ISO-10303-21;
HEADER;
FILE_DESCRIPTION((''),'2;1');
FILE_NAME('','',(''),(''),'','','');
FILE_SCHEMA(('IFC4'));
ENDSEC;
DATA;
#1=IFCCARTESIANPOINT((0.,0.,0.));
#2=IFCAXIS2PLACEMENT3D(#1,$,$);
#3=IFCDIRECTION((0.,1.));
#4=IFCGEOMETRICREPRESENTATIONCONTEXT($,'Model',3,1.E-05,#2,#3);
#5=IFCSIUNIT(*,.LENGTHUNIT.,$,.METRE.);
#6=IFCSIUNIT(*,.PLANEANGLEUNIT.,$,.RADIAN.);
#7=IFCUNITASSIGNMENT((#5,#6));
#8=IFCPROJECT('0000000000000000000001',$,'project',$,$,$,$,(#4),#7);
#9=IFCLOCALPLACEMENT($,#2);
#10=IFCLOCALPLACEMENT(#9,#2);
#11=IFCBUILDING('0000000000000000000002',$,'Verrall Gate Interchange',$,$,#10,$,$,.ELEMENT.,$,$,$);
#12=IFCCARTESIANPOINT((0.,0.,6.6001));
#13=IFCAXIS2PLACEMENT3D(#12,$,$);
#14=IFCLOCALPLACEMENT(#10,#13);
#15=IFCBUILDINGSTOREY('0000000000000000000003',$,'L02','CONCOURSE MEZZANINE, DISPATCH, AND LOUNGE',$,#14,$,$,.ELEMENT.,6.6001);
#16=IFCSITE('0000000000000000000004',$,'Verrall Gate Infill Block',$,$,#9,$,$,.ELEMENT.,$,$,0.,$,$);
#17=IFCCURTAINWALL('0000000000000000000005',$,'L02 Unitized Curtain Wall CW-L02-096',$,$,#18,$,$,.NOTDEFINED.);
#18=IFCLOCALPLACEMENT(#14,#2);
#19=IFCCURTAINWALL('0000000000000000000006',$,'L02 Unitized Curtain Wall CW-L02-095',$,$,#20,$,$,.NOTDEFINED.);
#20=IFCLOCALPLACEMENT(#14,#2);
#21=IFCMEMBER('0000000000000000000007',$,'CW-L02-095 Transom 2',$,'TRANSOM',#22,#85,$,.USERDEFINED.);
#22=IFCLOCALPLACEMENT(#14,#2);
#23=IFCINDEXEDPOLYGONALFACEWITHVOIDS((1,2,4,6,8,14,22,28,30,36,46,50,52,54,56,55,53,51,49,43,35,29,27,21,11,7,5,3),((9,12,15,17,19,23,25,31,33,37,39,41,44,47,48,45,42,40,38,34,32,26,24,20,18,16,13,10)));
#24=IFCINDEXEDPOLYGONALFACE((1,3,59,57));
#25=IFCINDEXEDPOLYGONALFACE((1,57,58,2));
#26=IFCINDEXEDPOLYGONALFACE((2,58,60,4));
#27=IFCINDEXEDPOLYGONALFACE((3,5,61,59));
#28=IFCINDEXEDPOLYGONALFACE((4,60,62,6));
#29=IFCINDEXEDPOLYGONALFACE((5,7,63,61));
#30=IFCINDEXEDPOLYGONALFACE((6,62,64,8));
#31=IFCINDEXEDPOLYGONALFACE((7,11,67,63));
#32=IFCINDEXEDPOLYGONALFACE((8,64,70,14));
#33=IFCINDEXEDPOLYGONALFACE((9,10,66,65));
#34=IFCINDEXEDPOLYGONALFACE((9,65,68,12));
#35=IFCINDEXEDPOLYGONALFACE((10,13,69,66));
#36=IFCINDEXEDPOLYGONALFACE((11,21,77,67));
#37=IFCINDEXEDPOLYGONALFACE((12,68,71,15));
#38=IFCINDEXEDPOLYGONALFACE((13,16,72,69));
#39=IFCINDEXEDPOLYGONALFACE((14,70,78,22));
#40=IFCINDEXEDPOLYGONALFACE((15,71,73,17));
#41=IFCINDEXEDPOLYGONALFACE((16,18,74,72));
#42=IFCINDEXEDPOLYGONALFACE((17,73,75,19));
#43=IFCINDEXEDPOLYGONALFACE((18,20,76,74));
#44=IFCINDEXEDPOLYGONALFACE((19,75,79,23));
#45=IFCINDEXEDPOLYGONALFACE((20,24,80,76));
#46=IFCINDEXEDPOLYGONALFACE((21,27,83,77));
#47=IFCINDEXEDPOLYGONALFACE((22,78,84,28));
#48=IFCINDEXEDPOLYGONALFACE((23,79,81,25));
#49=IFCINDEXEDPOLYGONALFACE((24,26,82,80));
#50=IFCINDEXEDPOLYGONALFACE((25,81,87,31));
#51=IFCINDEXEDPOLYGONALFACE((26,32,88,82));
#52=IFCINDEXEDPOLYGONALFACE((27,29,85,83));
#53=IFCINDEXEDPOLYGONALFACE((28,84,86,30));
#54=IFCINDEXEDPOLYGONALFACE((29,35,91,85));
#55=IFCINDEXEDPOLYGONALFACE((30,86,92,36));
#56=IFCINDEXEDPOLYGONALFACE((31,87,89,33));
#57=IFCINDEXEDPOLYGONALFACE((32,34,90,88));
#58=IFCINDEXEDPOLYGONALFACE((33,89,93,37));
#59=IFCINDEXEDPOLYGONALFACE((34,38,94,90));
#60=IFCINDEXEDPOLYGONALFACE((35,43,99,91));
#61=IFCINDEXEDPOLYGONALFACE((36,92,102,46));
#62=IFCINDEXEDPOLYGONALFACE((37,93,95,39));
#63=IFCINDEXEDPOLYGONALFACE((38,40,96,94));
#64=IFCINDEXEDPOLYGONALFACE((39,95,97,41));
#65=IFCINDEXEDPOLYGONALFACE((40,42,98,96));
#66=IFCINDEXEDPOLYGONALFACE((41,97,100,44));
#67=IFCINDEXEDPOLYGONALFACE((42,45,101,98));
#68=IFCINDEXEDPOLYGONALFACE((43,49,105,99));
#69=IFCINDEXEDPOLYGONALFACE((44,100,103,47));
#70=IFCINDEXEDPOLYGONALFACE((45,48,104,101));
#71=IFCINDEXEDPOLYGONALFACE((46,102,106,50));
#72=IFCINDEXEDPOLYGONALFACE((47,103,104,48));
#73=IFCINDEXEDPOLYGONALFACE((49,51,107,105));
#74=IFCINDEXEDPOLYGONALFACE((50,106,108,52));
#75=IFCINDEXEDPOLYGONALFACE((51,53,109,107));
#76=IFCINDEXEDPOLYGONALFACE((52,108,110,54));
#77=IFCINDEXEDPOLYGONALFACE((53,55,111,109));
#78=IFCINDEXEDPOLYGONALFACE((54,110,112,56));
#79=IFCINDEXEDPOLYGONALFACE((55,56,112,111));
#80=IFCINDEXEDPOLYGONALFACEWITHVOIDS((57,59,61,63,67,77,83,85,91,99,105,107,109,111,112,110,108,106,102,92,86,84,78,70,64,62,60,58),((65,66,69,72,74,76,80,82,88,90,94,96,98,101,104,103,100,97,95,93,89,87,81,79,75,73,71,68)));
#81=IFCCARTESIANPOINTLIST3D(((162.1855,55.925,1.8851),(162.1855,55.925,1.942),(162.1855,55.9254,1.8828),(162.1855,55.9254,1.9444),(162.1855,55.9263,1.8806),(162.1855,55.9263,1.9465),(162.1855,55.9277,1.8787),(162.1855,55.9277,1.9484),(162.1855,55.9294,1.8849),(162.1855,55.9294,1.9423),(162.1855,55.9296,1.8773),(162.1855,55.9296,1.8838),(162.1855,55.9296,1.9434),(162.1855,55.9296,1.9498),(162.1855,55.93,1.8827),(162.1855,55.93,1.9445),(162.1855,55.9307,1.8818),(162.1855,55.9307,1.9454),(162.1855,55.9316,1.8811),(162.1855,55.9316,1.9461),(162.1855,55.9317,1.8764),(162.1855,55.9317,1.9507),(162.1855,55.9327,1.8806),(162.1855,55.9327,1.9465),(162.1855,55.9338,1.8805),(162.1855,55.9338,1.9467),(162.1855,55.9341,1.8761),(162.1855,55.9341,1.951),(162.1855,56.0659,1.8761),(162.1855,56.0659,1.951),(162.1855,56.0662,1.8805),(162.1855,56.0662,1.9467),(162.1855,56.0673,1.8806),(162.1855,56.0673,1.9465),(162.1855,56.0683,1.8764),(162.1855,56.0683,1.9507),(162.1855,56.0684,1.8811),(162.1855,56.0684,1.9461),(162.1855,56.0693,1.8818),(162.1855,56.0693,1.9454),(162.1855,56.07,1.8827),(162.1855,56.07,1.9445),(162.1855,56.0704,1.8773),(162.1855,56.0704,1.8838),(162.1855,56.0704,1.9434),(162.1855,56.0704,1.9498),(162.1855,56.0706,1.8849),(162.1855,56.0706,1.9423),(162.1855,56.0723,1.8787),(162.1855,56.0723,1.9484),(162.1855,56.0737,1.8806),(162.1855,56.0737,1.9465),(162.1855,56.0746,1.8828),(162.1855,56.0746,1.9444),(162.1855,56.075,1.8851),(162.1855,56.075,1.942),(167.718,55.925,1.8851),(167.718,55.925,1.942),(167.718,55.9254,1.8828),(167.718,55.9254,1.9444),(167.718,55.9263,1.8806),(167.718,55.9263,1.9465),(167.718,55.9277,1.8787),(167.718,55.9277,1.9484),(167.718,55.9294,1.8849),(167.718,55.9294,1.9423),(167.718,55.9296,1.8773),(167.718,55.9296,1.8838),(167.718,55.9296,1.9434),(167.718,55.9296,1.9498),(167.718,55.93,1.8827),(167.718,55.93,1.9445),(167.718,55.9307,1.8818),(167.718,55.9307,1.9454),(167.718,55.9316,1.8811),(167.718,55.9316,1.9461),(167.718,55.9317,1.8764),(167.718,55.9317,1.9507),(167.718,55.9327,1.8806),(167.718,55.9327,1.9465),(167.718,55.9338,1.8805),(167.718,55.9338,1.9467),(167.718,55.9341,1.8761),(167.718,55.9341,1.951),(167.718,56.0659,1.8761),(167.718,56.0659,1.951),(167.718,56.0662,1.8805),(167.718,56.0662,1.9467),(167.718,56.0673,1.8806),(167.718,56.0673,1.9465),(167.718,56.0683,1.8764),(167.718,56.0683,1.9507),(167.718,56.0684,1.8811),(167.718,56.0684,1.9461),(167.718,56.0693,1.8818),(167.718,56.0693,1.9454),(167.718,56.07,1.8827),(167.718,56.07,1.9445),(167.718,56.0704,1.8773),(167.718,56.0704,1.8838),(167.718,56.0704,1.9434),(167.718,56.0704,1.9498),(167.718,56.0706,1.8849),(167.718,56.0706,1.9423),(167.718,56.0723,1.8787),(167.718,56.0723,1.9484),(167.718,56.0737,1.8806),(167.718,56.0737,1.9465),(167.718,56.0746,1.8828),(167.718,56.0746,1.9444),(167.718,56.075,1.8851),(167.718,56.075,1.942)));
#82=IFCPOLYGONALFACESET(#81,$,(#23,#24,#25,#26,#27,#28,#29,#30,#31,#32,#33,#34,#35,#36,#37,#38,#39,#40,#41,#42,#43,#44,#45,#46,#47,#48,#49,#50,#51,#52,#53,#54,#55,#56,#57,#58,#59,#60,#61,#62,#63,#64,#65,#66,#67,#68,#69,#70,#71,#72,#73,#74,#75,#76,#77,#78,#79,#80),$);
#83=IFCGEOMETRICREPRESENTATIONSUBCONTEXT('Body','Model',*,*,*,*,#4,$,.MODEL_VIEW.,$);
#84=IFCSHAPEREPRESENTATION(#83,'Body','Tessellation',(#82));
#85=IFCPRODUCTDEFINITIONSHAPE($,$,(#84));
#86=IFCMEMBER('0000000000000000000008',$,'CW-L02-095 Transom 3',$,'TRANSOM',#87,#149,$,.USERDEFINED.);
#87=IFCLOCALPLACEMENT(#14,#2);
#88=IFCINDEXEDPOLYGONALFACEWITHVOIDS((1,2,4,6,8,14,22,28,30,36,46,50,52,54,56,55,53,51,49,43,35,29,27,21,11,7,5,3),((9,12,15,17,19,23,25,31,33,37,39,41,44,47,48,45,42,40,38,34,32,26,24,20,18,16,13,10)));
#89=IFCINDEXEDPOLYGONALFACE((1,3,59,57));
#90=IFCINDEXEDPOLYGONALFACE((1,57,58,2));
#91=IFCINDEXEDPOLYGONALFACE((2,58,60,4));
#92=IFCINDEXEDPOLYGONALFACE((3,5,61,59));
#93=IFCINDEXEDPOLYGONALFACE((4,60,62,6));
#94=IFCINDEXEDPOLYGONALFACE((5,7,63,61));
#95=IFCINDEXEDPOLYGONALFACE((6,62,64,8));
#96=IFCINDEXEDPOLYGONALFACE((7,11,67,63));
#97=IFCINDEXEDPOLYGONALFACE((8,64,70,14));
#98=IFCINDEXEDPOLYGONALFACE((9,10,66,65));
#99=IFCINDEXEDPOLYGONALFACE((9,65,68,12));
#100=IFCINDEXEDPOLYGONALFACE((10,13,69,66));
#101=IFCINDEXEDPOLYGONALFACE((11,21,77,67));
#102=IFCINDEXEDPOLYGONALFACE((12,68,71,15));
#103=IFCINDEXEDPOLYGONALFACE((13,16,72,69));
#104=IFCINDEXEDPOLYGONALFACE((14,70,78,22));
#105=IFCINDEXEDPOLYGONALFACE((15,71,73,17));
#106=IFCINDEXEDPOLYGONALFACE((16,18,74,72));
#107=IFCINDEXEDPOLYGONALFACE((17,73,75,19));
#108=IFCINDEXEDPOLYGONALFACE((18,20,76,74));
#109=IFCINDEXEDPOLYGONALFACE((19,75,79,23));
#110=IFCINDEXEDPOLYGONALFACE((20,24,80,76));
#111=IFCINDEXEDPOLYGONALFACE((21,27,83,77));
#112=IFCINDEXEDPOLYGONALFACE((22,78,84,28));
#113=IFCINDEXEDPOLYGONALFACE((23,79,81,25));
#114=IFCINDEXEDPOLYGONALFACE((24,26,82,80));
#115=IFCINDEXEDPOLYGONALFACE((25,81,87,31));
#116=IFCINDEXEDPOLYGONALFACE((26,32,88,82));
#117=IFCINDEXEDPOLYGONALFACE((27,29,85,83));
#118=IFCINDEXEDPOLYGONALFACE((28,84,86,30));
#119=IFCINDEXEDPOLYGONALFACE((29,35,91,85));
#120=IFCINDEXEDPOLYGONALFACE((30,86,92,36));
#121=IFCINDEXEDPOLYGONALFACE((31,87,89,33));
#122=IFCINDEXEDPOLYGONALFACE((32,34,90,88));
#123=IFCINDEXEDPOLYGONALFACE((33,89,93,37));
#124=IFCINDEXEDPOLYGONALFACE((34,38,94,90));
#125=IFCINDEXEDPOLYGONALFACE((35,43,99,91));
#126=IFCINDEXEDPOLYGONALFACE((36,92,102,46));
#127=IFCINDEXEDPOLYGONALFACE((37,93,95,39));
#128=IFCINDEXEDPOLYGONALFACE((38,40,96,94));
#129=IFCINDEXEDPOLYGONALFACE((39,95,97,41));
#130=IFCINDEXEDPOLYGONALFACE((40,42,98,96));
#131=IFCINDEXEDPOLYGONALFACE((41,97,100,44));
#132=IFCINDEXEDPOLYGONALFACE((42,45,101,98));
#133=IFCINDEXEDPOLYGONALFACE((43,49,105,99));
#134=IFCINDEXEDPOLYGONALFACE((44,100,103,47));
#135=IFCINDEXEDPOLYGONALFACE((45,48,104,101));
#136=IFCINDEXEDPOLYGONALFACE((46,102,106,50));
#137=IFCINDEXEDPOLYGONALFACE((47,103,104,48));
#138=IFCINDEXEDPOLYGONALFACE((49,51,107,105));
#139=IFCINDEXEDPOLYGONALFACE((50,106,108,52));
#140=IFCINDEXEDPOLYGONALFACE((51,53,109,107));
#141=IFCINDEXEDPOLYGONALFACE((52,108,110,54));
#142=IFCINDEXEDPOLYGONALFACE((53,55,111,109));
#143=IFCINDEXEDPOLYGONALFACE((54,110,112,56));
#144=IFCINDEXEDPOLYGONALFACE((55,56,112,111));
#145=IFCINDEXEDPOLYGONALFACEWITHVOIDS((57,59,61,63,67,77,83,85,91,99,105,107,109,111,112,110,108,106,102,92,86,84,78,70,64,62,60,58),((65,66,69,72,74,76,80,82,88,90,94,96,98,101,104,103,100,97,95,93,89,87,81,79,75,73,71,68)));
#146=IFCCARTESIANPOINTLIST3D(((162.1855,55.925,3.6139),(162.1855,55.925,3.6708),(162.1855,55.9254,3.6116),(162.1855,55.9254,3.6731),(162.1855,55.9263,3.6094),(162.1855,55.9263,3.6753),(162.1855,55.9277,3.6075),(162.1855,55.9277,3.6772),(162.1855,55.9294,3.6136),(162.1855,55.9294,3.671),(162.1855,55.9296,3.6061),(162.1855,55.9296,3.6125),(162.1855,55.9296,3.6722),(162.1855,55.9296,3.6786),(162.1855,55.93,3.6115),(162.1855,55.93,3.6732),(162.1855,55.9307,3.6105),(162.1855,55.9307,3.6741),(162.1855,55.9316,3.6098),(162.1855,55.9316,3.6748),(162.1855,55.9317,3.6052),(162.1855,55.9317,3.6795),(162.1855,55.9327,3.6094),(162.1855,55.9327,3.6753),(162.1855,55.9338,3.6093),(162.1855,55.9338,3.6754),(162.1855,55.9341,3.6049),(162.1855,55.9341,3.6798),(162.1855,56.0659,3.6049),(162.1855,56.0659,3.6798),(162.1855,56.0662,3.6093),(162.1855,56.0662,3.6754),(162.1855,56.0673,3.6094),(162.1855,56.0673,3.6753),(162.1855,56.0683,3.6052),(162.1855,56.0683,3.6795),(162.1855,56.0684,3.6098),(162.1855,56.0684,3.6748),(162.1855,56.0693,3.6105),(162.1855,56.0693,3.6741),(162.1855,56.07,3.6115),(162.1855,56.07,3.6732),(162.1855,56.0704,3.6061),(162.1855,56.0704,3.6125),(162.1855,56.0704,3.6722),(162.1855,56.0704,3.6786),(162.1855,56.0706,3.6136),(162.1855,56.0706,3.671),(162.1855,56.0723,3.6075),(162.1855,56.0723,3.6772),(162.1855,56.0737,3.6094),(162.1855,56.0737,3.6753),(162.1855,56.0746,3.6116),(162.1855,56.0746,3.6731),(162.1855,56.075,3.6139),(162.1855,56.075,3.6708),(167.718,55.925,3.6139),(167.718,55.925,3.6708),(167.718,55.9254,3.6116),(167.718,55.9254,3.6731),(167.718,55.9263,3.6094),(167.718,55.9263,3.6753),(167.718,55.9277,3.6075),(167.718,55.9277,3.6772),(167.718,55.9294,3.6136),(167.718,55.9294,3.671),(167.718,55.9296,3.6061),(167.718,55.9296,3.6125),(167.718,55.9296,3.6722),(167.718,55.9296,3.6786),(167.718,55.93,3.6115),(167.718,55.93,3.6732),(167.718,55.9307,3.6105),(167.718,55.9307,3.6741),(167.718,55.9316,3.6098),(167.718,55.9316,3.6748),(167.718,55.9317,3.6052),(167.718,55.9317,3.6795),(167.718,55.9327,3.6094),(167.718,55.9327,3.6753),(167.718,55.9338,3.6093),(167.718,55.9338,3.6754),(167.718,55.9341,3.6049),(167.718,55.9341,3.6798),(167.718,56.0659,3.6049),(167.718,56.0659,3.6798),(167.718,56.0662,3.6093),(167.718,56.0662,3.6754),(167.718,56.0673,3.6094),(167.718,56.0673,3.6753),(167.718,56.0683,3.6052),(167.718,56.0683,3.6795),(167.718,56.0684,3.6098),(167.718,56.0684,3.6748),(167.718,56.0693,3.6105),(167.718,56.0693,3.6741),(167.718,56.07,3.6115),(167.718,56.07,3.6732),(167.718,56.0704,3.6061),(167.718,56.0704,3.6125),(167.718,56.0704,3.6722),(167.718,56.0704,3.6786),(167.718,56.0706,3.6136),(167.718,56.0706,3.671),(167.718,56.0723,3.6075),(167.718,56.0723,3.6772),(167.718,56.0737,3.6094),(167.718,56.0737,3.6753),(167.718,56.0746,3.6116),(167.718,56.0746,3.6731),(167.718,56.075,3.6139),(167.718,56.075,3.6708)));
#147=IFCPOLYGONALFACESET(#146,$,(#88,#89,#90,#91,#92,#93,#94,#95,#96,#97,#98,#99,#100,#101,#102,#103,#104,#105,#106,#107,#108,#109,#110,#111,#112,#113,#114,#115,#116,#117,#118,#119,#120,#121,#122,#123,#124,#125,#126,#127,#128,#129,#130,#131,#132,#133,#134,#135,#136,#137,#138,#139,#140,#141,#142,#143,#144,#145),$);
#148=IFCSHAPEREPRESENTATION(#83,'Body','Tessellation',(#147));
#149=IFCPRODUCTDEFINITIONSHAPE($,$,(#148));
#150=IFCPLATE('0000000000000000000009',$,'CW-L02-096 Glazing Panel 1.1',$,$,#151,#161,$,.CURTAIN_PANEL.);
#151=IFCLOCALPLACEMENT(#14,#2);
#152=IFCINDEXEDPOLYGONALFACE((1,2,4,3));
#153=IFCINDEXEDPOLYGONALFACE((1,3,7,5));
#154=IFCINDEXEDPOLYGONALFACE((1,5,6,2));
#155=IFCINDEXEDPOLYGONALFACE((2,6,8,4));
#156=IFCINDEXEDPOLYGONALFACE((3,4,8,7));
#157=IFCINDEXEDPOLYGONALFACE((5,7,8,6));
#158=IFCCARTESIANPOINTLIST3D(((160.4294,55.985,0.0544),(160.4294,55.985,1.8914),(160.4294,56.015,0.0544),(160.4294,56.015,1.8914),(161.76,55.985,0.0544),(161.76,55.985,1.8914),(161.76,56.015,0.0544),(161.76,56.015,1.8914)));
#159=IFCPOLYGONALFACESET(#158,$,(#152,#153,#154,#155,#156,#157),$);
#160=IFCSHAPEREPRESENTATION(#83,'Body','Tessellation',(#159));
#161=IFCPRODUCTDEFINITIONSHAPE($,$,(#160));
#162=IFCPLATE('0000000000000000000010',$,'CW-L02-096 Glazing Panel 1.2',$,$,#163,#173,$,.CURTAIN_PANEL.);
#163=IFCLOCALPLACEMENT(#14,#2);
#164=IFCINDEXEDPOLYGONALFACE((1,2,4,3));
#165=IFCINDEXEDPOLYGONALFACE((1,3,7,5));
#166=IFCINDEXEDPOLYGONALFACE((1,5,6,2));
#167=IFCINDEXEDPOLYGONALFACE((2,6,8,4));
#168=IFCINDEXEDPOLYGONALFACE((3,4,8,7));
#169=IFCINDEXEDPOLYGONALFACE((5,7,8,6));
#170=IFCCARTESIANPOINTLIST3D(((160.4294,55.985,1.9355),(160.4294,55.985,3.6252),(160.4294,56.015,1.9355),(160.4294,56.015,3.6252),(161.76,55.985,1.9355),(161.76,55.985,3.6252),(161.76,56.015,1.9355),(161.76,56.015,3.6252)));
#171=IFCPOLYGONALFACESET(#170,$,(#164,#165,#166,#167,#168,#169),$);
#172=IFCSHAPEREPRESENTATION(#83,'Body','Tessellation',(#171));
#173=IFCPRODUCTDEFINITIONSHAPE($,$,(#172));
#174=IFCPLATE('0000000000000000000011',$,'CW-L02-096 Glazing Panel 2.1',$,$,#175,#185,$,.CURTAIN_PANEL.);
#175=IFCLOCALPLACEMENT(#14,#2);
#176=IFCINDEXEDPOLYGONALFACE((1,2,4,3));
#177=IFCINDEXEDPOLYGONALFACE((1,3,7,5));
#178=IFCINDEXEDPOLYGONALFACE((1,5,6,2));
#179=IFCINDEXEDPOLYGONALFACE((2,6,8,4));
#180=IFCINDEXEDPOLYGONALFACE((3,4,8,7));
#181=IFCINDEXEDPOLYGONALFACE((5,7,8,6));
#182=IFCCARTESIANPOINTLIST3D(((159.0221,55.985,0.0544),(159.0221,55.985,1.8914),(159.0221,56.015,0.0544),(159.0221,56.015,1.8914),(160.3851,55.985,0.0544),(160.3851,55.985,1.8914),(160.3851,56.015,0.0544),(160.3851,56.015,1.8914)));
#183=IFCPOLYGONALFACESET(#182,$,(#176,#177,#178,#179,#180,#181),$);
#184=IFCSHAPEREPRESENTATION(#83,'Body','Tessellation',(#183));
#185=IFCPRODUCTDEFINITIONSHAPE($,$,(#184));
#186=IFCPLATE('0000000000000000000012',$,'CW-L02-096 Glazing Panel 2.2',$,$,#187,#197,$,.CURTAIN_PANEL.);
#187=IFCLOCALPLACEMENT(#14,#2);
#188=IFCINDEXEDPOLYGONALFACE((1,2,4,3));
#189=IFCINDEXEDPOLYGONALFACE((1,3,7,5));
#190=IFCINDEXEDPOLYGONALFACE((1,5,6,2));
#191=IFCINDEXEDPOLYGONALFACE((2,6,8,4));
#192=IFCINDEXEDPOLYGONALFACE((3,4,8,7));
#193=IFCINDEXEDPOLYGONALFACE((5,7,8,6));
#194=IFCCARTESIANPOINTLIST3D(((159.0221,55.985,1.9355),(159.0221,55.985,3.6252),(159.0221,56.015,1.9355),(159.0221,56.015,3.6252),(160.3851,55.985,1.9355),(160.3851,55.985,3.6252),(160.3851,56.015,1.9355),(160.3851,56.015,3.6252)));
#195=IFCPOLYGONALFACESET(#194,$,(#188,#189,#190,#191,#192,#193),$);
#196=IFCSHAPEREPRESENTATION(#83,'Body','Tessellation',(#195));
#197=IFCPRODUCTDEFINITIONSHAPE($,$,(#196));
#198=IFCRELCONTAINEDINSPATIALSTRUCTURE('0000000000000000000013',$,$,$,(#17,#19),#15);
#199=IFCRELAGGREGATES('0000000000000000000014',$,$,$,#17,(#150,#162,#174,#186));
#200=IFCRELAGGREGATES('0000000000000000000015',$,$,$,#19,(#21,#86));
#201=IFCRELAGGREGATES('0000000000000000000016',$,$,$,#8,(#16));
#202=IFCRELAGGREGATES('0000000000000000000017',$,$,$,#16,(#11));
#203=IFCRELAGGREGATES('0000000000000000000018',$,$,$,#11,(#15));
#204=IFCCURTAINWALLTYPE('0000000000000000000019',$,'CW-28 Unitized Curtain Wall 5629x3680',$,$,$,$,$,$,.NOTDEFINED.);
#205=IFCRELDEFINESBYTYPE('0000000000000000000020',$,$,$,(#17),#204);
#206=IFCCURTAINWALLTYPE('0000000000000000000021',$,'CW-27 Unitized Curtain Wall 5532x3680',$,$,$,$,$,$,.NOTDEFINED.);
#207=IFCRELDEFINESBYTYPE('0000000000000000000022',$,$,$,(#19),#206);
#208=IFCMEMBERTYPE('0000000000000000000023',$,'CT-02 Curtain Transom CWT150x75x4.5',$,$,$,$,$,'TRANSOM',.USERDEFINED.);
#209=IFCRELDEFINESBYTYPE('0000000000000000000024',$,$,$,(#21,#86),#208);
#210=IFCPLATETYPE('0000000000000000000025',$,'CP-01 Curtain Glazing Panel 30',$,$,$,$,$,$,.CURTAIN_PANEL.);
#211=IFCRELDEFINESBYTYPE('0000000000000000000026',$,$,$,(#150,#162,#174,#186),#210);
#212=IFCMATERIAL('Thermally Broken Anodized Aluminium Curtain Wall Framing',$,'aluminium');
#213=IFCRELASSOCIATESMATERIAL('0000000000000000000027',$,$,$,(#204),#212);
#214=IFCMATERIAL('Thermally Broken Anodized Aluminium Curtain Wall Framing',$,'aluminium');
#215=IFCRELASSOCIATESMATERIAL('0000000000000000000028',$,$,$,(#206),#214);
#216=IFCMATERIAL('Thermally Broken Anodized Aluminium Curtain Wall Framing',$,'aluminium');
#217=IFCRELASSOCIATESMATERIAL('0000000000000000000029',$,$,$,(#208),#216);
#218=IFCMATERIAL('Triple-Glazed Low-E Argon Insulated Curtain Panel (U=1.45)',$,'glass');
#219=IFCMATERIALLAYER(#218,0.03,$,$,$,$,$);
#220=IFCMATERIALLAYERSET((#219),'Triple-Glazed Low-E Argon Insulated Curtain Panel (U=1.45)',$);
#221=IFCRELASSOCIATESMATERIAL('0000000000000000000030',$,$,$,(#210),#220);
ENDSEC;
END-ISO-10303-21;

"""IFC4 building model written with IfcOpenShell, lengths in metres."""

from ifc_helpers import new_model, si_unit, direction, frame, origin, origin_2d, place, context, subcontext, project, spatial, rectangle, hollow_rectangle, extrude, material, layer, layer_set, material_profile, profile_set, type_object, element, aggregate, save


model = new_model("IFC4")

# Units and contexts
model_context = context("Model", 3, precision=1e-05, world=origin(), true_north=direction((0.0, 1.0)))
body_context = subcontext(model_context, "Body", "Model", "MODEL_VIEW")
ifc_project = project(units=[si_unit("LENGTHUNIT", "METRE"), si_unit("PLANEANGLEUNIT", "RADIAN")], contexts=[model_context])

# Site, building, storey
site_placement = place(None, origin())
site = spatial("IfcSite", under=ifc_project, at=site_placement, Name="Verrall Gate Infill Block", CompositionType="ELEMENT", RefElevation=0.0)
building_placement = place(site_placement, origin())
building = spatial("IfcBuilding", under=site, at=building_placement, Name="Verrall Gate Interchange", CompositionType="ELEMENT")
storey_placement = place(building_placement, frame((0.0, 0.0, 6.6001)))
storey = spatial("IfcBuildingStorey", under=building, at=storey_placement, Name="L02", Description="CONCOURSE MEZZANINE, DISPATCH, AND LOUNGE", CompositionType="ELEMENT", Elevation=6.6001)

# Curtain walls
ifc_material_1 = material(Name="Thermally Broken Anodized Aluminium Curtain Wall Framing", Category="aluminium")
curtain_wall_type_1 = type_object("IfcCurtainWallType", Name="CW-28 Unitized Curtain Wall 5629x3680", PredefinedType="NOTDEFINED", material=ifc_material_1)
curtain_wall_1_placement = place(storey_placement, origin())
curtain_wall_1 = element("IfcCurtainWall", 1, at=curtain_wall_1_placement, inside=storey, type_object=curtain_wall_type_1, Name="L02 Unitized Curtain Wall CW-L02-096", PredefinedType="NOTDEFINED")
ifc_material_2 = material(Name="Thermally Broken Anodized Aluminium Curtain Wall Framing", Category="aluminium")
curtain_wall_type_2 = type_object("IfcCurtainWallType", Name="CW-27 Unitized Curtain Wall 5532x3680", PredefinedType="NOTDEFINED", material=ifc_material_2)
curtain_wall_2_placement = place(storey_placement, origin())
curtain_wall_2 = element("IfcCurtainWall", 2, at=curtain_wall_2_placement, inside=storey, type_object=curtain_wall_type_2, Name="L02 Unitized Curtain Wall CW-L02-095", PredefinedType="NOTDEFINED")

# Members
ifc_material_3 = material(Name="Thermally Broken Anodized Aluminium Curtain Wall Framing", Category="aluminium")
ifc_material_profile_1 = material_profile(ifc_material_3, hollow_rectangle(XDim=0.1499, YDim=0.075, WallThickness=0.0044, InnerFilletRadius=0.0044, OuterFilletRadius=0.009, at=origin_2d()), Name="CWT150x75x4.5")
ifc_profile_set_1 = profile_set([ifc_material_profile_1], Name="Thermally Broken Anodized Aluminium Curtain Wall Framing")
member_type_1 = type_object("IfcMemberType", Name="CT-02 Curtain Transom CWT150x75x4.5", ElementType="TRANSOM", PredefinedType="USERDEFINED", material=ifc_profile_set_1)
member_1_placement = place(storey_placement, frame((167.718, 56.0, 1.9136), z_axis=(-1.0, 0.0, 0.0), x_axis=(0.0, -1.0, 0.0)))
member_1 = element("IfcMember", 3, at=member_1_placement, type_object=member_type_1, Name="CW-L02-095 Transom 2", ObjectType="TRANSOM", PredefinedType="USERDEFINED", context=body_context, shape_type="SweptSolid", body=[
    extrude(hollow_rectangle(XDim=0.1499, YDim=0.075, WallThickness=0.0044, InnerFilletRadius=0.0044, OuterFilletRadius=0.009, at=origin_2d()), origin(), (0.0, 0.0, 1.0), 5.5325),
])
member_2_placement = place(storey_placement, frame((167.718, 56.0, 3.6423), z_axis=(-1.0, 0.0, 0.0), x_axis=(0.0, -1.0, 0.0)))
member_2 = element("IfcMember", 4, at=member_2_placement, type_object=member_type_1, Name="CW-L02-095 Transom 3", ObjectType="TRANSOM", PredefinedType="USERDEFINED", context=body_context, shape_type="SweptSolid", body=[
    extrude(hollow_rectangle(XDim=0.1499, YDim=0.075, WallThickness=0.0044, InnerFilletRadius=0.0044, OuterFilletRadius=0.009, at=origin_2d()), origin(), (0.0, 0.0, 1.0), 5.5325),
])

# Plates
ifc_material_4 = material(Name="Triple-Glazed Low-E Argon Insulated Curtain Panel (U=1.45)", Category="glass")
ifc_layer_1 = layer(ifc_material_4, 0.03)
ifc_layer_set_1 = layer_set([ifc_layer_1], Name="Triple-Glazed Low-E Argon Insulated Curtain Panel (U=1.45)")
plate_type_1 = type_object("IfcPlateType", Name="CP-01 Curtain Glazing Panel 30", PredefinedType="CURTAIN_PANEL", material=ifc_layer_set_1)
plate_1_placement = place(storey_placement, frame((161.0947, 56.0, 0.0544), z_axis=(0.0, 0.0, 1.0), x_axis=(-1.0, 0.0, 0.0)))
plate_1 = element("IfcPlate", 5, at=plate_1_placement, type_object=plate_type_1, Name="CW-L02-096 Glazing Panel 1.1", PredefinedType="CURTAIN_PANEL", context=body_context, shape_type="SweptSolid", body=[
    extrude(rectangle(XDim=1.3306, YDim=0.03, at=origin_2d()), origin(), (0.0, 0.0, 1.0), 1.8369),
])
plate_2_placement = place(storey_placement, frame((161.0947, 56.0, 1.9355), z_axis=(0.0, 0.0, 1.0), x_axis=(-1.0, 0.0, 0.0)))
plate_2 = element("IfcPlate", 6, at=plate_2_placement, type_object=plate_type_1, Name="CW-L02-096 Glazing Panel 1.2", PredefinedType="CURTAIN_PANEL", context=body_context, shape_type="SweptSolid", body=[
    extrude(rectangle(XDim=1.3306, YDim=0.03, at=origin_2d()), origin(), (0.0, 0.0, 1.0), 1.6897),
])
plate_3_placement = place(storey_placement, frame((159.7036, 56.0, 0.0544), z_axis=(0.0, 0.0, 1.0), x_axis=(-1.0, 0.0, 0.0)))
plate_3 = element("IfcPlate", 7, at=plate_3_placement, type_object=plate_type_1, Name="CW-L02-096 Glazing Panel 2.1", PredefinedType="CURTAIN_PANEL", context=body_context, shape_type="SweptSolid", body=[
    extrude(rectangle(XDim=1.363, YDim=0.03, at=origin_2d()), origin(), (0.0, 0.0, 1.0), 1.8369),
])
plate_4_placement = place(storey_placement, frame((159.7036, 56.0, 1.9355), z_axis=(0.0, 0.0, 1.0), x_axis=(-1.0, 0.0, 0.0)))
plate_4 = element("IfcPlate", 8, at=plate_4_placement, type_object=plate_type_1, Name="CW-L02-096 Glazing Panel 2.2", PredefinedType="CURTAIN_PANEL", context=body_context, shape_type="SweptSolid", body=[
    extrude(rectangle(XDim=1.363, YDim=0.03, at=origin_2d()), origin(), (0.0, 0.0, 1.0), 1.6897),
])
aggregate(curtain_wall_1, [plate_1, plate_2, plate_3, plate_4])
aggregate(curtain_wall_2, [member_1, member_2])

save(model, "model.ifc")
